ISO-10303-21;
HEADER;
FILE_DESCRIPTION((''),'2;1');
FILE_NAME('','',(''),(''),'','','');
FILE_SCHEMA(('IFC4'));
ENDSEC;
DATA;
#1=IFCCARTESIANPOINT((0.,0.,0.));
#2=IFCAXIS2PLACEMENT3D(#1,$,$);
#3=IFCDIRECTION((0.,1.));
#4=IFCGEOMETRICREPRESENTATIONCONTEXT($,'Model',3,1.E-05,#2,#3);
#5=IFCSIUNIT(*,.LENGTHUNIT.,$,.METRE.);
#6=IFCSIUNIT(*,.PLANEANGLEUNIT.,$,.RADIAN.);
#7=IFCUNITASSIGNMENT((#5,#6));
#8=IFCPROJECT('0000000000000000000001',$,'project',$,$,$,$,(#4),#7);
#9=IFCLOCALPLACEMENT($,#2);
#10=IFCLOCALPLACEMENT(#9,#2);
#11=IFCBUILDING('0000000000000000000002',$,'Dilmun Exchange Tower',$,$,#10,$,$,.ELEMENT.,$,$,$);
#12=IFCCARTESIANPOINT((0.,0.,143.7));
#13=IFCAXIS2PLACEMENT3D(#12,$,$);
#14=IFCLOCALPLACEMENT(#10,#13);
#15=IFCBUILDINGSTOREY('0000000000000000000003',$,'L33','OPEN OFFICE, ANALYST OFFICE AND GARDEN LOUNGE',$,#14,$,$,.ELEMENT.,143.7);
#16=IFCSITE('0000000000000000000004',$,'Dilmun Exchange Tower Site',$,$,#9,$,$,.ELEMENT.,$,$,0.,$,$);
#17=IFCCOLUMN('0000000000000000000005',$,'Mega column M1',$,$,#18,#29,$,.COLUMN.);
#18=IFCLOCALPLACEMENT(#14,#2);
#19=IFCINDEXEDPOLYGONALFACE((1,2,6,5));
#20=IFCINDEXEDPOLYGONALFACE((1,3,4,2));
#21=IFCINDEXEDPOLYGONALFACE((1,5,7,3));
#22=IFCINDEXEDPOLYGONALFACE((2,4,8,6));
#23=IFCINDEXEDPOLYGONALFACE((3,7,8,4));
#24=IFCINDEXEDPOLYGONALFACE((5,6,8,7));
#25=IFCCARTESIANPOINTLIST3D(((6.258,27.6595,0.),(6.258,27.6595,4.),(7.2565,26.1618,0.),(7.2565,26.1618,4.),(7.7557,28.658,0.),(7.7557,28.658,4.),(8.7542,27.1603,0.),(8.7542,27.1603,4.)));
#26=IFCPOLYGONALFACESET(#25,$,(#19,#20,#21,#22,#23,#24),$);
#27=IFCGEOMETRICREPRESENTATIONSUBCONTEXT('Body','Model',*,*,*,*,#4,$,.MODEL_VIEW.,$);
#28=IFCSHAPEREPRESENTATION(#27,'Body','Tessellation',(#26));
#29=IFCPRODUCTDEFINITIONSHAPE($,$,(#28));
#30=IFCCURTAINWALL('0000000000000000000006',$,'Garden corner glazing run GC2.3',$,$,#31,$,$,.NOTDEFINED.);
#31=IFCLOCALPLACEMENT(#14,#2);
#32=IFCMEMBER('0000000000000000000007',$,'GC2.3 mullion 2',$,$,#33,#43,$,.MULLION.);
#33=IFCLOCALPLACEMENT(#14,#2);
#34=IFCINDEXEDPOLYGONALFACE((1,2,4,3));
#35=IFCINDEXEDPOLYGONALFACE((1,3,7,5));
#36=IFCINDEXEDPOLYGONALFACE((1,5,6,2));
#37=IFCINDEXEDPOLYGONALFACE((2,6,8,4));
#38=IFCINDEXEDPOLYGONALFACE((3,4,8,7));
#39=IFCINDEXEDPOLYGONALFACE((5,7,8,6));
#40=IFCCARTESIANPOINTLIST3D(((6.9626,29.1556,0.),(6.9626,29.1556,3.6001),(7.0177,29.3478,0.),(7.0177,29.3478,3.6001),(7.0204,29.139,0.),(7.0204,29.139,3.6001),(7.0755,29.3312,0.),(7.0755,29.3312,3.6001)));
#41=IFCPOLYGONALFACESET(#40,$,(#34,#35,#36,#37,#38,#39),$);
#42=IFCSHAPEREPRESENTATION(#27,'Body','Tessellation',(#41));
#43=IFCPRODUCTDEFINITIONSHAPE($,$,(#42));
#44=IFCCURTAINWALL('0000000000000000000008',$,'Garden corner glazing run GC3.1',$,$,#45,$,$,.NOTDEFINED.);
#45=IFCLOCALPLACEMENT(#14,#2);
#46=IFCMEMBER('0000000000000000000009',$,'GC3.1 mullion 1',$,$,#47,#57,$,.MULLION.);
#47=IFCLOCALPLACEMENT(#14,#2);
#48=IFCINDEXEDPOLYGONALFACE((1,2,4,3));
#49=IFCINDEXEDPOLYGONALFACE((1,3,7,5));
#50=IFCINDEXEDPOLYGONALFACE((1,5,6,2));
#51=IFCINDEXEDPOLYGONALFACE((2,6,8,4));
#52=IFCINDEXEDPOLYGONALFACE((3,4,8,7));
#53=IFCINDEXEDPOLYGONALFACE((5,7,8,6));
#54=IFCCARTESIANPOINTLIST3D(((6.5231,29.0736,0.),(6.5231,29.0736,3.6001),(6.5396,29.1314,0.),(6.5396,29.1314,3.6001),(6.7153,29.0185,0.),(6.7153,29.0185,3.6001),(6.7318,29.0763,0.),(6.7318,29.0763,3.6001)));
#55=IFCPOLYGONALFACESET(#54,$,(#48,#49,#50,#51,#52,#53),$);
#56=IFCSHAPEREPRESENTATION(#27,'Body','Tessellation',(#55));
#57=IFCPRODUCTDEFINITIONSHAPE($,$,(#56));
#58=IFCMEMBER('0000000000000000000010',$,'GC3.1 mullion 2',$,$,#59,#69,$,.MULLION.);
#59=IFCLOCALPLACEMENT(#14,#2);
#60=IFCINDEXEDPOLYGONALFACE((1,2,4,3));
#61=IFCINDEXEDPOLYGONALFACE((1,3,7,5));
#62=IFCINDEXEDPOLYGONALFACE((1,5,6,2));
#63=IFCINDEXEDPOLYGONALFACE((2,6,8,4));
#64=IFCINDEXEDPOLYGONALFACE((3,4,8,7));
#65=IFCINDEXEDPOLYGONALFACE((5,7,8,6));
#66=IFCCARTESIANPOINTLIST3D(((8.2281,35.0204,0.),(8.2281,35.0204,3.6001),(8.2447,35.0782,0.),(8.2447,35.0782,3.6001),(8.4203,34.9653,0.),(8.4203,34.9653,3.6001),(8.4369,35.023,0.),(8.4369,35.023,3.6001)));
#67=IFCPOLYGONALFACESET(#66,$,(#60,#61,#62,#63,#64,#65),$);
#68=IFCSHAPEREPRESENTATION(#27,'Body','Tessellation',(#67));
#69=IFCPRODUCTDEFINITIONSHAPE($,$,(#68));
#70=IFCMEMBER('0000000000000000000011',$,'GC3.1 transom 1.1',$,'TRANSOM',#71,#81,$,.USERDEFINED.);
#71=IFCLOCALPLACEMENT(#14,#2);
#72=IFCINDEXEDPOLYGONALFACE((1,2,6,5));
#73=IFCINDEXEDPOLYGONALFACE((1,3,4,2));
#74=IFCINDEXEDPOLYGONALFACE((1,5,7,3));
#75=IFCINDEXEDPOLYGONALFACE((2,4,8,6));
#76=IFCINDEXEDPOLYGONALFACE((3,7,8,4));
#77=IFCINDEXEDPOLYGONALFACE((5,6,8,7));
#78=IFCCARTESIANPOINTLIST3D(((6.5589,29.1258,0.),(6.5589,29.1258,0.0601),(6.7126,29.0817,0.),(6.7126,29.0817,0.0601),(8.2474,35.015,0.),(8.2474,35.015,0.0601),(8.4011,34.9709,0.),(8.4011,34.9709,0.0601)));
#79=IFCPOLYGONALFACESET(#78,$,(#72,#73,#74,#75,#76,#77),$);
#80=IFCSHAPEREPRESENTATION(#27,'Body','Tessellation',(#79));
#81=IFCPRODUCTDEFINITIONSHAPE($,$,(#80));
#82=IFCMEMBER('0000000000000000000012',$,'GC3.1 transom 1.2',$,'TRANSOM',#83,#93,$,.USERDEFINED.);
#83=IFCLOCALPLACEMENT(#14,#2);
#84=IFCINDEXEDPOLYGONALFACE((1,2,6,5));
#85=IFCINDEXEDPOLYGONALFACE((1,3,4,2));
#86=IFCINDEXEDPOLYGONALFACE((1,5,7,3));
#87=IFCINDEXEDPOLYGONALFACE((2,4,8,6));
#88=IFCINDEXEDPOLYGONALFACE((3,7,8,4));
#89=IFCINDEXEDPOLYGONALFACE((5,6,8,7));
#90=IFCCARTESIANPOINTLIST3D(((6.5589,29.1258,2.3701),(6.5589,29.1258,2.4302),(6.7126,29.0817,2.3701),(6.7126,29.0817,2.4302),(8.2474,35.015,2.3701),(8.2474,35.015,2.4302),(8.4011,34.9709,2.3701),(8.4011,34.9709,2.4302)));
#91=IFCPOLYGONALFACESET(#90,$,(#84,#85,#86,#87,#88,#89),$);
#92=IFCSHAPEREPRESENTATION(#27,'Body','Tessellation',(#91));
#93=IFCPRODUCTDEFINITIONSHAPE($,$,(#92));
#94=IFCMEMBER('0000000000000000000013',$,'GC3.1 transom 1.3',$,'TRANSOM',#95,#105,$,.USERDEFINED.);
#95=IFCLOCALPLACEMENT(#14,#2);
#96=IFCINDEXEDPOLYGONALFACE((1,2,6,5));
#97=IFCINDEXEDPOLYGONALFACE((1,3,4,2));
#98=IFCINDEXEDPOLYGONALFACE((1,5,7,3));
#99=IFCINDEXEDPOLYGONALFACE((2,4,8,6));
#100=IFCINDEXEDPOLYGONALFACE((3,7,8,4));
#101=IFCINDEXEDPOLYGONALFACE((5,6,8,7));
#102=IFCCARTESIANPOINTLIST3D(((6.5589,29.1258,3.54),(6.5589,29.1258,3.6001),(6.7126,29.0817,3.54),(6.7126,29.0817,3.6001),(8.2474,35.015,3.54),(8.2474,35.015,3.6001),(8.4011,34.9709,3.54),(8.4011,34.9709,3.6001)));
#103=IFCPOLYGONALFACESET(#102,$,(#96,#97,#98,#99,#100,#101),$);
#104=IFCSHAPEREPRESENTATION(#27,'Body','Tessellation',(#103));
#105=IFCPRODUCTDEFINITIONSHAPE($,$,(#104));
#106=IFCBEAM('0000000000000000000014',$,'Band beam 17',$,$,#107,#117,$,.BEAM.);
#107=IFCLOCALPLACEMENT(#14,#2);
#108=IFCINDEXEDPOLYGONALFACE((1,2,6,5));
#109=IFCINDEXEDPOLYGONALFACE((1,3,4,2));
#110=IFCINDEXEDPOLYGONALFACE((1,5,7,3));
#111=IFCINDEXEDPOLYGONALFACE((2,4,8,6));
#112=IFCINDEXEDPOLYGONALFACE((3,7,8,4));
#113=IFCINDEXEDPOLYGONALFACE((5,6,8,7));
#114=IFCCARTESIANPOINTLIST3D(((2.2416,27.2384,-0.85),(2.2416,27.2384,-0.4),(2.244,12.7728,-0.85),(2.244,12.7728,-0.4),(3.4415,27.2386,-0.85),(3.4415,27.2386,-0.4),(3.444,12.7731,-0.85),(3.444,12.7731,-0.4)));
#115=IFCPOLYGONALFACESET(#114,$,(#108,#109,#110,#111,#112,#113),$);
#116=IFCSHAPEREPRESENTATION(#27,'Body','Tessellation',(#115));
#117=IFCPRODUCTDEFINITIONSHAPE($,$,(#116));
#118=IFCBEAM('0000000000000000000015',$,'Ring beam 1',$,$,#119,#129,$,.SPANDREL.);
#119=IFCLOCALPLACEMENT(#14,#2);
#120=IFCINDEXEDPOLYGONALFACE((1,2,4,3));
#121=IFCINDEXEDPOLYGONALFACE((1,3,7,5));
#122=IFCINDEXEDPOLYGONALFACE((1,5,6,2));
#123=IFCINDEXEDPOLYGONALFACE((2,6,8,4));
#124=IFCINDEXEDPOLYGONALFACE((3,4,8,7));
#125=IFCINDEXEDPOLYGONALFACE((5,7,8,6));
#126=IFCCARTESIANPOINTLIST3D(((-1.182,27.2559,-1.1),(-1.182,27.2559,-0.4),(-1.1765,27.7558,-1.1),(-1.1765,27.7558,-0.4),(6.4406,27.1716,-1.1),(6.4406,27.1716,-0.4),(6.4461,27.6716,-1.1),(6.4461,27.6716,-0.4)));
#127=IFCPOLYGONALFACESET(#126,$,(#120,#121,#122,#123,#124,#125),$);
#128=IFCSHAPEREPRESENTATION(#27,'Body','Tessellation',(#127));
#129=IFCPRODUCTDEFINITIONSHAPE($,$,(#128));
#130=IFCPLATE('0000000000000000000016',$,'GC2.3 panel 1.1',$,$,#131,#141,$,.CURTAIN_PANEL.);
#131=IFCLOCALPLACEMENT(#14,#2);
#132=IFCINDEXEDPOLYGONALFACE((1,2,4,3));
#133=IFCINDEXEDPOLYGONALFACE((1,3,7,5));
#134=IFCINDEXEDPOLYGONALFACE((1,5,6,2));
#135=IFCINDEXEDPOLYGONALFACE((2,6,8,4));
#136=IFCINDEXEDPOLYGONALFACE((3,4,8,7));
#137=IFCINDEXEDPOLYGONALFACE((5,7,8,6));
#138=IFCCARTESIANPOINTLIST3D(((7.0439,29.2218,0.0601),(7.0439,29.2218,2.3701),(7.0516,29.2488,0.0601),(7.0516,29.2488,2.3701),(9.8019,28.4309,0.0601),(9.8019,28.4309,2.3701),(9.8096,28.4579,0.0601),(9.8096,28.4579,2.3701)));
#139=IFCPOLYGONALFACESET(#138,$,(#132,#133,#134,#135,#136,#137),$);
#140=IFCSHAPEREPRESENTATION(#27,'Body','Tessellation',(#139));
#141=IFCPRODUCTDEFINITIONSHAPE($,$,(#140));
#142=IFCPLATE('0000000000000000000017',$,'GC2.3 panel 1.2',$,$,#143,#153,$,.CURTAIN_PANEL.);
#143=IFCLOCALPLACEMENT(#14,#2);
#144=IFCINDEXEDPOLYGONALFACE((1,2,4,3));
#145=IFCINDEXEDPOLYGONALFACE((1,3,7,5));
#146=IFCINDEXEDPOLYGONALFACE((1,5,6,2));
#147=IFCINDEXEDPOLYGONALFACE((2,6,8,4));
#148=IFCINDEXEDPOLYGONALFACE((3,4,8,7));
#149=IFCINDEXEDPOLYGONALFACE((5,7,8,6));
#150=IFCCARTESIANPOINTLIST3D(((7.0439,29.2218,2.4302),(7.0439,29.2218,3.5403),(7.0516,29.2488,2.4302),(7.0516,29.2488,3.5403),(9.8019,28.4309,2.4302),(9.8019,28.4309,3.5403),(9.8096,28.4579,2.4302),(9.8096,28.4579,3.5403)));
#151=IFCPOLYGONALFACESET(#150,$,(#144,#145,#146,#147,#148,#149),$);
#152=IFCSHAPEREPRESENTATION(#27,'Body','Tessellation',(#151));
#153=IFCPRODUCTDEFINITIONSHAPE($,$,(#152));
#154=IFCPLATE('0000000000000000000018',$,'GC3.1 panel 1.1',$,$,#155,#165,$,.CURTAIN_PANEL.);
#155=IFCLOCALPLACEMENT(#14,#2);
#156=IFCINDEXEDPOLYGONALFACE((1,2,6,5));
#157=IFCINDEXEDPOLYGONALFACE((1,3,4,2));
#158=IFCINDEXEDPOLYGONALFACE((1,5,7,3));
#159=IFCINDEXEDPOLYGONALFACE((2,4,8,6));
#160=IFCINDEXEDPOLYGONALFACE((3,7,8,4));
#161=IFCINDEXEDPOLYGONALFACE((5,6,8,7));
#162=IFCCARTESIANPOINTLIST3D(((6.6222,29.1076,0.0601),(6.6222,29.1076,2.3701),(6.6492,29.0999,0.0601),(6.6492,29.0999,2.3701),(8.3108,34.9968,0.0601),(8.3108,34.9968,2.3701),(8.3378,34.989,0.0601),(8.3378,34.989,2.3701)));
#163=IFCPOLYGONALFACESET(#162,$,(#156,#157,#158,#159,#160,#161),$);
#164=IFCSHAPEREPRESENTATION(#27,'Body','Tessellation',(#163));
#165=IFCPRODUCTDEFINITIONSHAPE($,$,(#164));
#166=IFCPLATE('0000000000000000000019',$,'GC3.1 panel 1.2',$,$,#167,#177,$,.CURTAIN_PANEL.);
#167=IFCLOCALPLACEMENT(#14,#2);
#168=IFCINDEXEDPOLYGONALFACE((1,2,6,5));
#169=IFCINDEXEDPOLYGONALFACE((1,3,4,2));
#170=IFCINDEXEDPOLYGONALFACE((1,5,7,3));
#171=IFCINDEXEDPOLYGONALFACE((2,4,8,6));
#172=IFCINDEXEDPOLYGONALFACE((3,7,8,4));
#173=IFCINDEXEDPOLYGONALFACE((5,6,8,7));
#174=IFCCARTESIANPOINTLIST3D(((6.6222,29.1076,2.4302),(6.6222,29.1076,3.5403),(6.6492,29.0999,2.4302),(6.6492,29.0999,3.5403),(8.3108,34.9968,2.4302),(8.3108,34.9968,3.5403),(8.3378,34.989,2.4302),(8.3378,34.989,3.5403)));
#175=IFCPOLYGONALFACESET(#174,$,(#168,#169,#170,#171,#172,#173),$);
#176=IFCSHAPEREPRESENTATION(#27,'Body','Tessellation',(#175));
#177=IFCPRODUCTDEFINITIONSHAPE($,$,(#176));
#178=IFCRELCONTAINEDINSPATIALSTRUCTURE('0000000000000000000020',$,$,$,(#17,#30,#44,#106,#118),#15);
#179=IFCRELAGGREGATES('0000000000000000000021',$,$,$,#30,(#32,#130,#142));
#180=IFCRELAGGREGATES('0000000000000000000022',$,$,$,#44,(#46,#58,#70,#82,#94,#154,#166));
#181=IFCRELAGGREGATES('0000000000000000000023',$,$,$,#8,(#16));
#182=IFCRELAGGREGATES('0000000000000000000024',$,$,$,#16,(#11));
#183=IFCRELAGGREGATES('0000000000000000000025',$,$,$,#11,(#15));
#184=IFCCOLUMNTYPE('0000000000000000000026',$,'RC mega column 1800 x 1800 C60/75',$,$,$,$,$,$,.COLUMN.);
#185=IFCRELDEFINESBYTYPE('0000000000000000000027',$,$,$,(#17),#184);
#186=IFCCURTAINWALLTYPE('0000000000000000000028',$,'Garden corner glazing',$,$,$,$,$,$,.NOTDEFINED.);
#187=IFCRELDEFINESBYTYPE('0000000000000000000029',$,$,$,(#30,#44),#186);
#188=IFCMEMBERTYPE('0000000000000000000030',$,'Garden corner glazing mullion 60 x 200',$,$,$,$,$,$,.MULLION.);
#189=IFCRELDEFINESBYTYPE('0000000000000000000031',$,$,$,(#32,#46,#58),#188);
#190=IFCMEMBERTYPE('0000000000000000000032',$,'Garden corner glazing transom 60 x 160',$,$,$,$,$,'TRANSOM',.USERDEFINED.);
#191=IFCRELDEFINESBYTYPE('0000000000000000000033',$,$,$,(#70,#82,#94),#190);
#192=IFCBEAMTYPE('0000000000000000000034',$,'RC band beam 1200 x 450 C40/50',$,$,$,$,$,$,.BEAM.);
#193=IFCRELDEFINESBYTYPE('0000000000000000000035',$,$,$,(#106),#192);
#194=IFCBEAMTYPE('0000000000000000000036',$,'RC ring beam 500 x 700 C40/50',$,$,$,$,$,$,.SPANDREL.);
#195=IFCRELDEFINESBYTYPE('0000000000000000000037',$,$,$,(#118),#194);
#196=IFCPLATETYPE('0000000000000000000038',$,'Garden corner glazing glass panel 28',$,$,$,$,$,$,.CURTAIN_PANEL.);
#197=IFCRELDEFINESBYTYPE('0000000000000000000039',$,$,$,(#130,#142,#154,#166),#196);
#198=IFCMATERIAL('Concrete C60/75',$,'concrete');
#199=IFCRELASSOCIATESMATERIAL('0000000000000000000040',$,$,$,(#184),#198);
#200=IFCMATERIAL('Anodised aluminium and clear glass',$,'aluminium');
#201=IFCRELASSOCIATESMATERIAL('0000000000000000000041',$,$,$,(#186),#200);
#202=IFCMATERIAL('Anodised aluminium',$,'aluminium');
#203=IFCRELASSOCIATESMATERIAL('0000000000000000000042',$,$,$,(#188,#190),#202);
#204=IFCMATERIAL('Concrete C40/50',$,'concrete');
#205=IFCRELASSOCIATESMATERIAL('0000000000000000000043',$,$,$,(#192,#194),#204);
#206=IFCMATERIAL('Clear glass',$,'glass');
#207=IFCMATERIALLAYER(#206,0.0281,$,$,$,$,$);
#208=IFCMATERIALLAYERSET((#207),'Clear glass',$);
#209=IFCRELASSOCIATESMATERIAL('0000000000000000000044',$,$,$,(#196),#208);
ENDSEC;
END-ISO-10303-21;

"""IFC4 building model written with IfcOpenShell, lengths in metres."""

from ifc_helpers import new_model, si_unit, direction, frame, origin, origin_2d, place, context, subcontext, project, spatial, rectangle, extrude, material, layer, layer_set, material_profile, profile_set, type_object, element, aggregate, save


model = new_model("IFC4")

# Units and contexts
model_context = context("Model", 3, precision=1e-05, world=origin(), true_north=direction((0.0, 1.0)))
body_context = subcontext(model_context, "Body", "Model", "MODEL_VIEW")
ifc_project = project(units=[si_unit("LENGTHUNIT", "METRE"), si_unit("PLANEANGLEUNIT", "RADIAN")], contexts=[model_context])

# Site, building, storey
site_placement = place(None, origin())
site = spatial("IfcSite", under=ifc_project, at=site_placement, Name="Dilmun Exchange Tower Site", CompositionType="ELEMENT", RefElevation=0.0)
building_placement = place(site_placement, origin())
building = spatial("IfcBuilding", under=site, at=building_placement, Name="Dilmun Exchange Tower", CompositionType="ELEMENT")
storey_placement = place(building_placement, frame((0.0, 0.0, 143.7)))
storey = spatial("IfcBuildingStorey", under=building, at=storey_placement, Name="L33", Description="OPEN OFFICE, ANALYST OFFICE AND GARDEN LOUNGE", CompositionType="ELEMENT", Elevation=143.7)

# Column
ifc_material_1 = material(Name="Concrete C60/75", Category="concrete")
ifc_material_profile_1 = material_profile(ifc_material_1, rectangle(XDim=1.8, YDim=1.8, at=origin_2d()), Name="1800 x 1800")
ifc_profile_set_1 = profile_set([ifc_material_profile_1], Name="Concrete C60/75")
column_type = type_object("IfcColumnType", Name="RC mega column 1800 x 1800 C60/75", PredefinedType="COLUMN", material=ifc_profile_set_1)
column_placement = place(storey_placement, frame((7.5061, 27.4099, 0.0), z_axis=(0.0, 0.0, 1.0), x_axis=(0.832029, 0.554733, 0.0)))
element("IfcColumn", 1, at=column_placement, inside=storey, type_object=column_type, Name="Mega column M1", PredefinedType="COLUMN", context=body_context, shape_type="SweptSolid", body=[
    extrude(rectangle(XDim=1.8, YDim=1.8, at=origin_2d()), origin(), (0.0, 0.0, 1.0), 4.0),
])

# Curtain wall, member
ifc_material_2 = material(Name="Anodised aluminium and clear glass", Category="aluminium")
curtain_wall_type = type_object("IfcCurtainWallType", Name="Garden corner glazing", PredefinedType="NOTDEFINED", material=ifc_material_2)
curtain_wall_1_placement = place(storey_placement, origin())
curtain_wall_1 = element("IfcCurtainWall", 2, at=curtain_wall_1_placement, inside=storey, type_object=curtain_wall_type, Name="Garden corner glazing run GC2.3", PredefinedType="NOTDEFINED")
ifc_material_3 = material(Name="Anodised aluminium", Category="aluminium")
ifc_material_profile_2 = material_profile(ifc_material_3, rectangle(XDim=0.2, YDim=0.0601, at=origin_2d()), Name="AL 60x200")
ifc_profile_set_2 = profile_set([ifc_material_profile_2], Name="Anodised aluminium")
member_type_1 = type_object("IfcMemberType", Name="Garden corner glazing mullion 60 x 200", PredefinedType="MULLION", material=ifc_profile_set_2)
member_1_placement = place(storey_placement, frame((7.019, 29.2434, 0.0), z_axis=(0.0, 0.0, 1.0), x_axis=(-0.275636, -0.961262, 0.0)))
member_1 = element("IfcMember", 3, at=member_1_placement, type_object=member_type_1, Name="GC2.3 mullion 2", PredefinedType="MULLION", context=body_context, shape_type="SweptSolid", body=[
    extrude(rectangle(XDim=0.2, YDim=0.0601, at=origin_2d()), origin(), (0.0, 0.0, 1.0), 3.6001),
])

# Curtain wall, members
curtain_wall_2_placement = place(storey_placement, origin())
curtain_wall_2 = element("IfcCurtainWall", 4, at=curtain_wall_2_placement, inside=storey, type_object=curtain_wall_type, Name="Garden corner glazing run GC3.1", PredefinedType="NOTDEFINED")
member_2_placement = place(storey_placement, frame((6.6274, 29.075, 0.0), z_axis=(0.0, 0.0, 1.0), x_axis=(-0.961264, 0.275628, 0.0)))
member_2 = element("IfcMember", 5, at=member_2_placement, type_object=member_type_1, Name="GC3.1 mullion 1", PredefinedType="MULLION", context=body_context, shape_type="SweptSolid", body=[
    extrude(rectangle(XDim=0.2, YDim=0.0601, at=origin_2d()), origin(), (0.0, 0.0, 1.0), 3.6001),
])
member_3_placement = place(storey_placement, frame((8.3325, 35.0217, 0.0), z_axis=(0.0, 0.0, 1.0), x_axis=(-0.961264, 0.275628, 0.0)))
member_3 = element("IfcMember", 6, at=member_3_placement, type_object=member_type_1, Name="GC3.1 mullion 2", PredefinedType="MULLION", context=body_context, shape_type="SweptSolid", body=[
    extrude(rectangle(XDim=0.2, YDim=0.0601, at=origin_2d()), origin(), (0.0, 0.0, 1.0), 3.6001),
])
ifc_material_profile_3 = material_profile(ifc_material_3, rectangle(XDim=0.1599, YDim=0.0601, at=origin_2d()), Name="AL 60x160")
ifc_profile_set_3 = profile_set([ifc_material_profile_3], Name="Anodised aluminium")
member_type_2 = type_object("IfcMemberType", Name="Garden corner glazing transom 60 x 160", ElementType="TRANSOM", PredefinedType="USERDEFINED", material=ifc_profile_set_3)
member_4_placement = place(storey_placement, frame((6.6357, 29.1038, 0.03), z_axis=(0.275605, 0.961271, 0.0), x_axis=(-0.961271, 0.275605, 0.0)))
member_4 = element("IfcMember", 7, at=member_4_placement, type_object=member_type_2, Name="GC3.1 transom 1.1", ObjectType="TRANSOM", PredefinedType="USERDEFINED", context=body_context, shape_type="SweptSolid", body=[
    extrude(rectangle(XDim=0.1599, YDim=0.0601, at=origin_2d()), origin(), (0.0, 0.0, 1.0), 6.1265),
])
member_5_placement = place(storey_placement, frame((6.6357, 29.1038, 2.4001), z_axis=(0.275605, 0.961271, 0.0), x_axis=(-0.961271, 0.275605, 0.0)))
member_5 = element("IfcMember", 8, at=member_5_placement, type_object=member_type_2, Name="GC3.1 transom 1.2", ObjectType="TRANSOM", PredefinedType="USERDEFINED", context=body_context, shape_type="SweptSolid", body=[
    extrude(rectangle(XDim=0.1599, YDim=0.0601, at=origin_2d()), origin(), (0.0, 0.0, 1.0), 6.1265),
])
member_6_placement = place(storey_placement, frame((6.6357, 29.1038, 3.5701), z_axis=(0.275605, 0.961271, 0.0), x_axis=(-0.961271, 0.275605, 0.0)))
member_6 = element("IfcMember", 9, at=member_6_placement, type_object=member_type_2, Name="GC3.1 transom 1.3", ObjectType="TRANSOM", PredefinedType="USERDEFINED", context=body_context, shape_type="SweptSolid", body=[
    extrude(rectangle(XDim=0.1599, YDim=0.0601, at=origin_2d()), origin(), (0.0, 0.0, 1.0), 6.1265),
])

# Beams
ifc_material_4 = material(Name="Concrete C40/50", Category="concrete")
ifc_material_profile_4 = material_profile(ifc_material_4, rectangle(XDim=1.2, YDim=0.45, at=origin_2d()), Name="1200 x 450")
ifc_profile_set_4 = profile_set([ifc_material_profile_4], Name="Concrete C40/50")
beam_type_1 = type_object("IfcBeamType", Name="RC band beam 1200 x 450 C40/50", PredefinedType="BEAM", material=ifc_profile_set_4)
beam_1_placement = place(storey_placement, frame((2.8416, 27.2385, -0.625), z_axis=(0.000169, -1.0, 0.0), x_axis=(1.0, 0.000169, 0.0)))
element("IfcBeam", 10, at=beam_1_placement, inside=storey, type_object=beam_type_1, Name="Band beam 17", PredefinedType="BEAM", context=body_context, shape_type="SweptSolid", body=[
    extrude(rectangle(XDim=1.2, YDim=0.45, at=origin_2d()), origin(), (0.0, 0.0, 1.0), 14.4656),
])
ifc_material_profile_5 = material_profile(ifc_material_4, rectangle(XDim=0.5, YDim=0.7, at=origin_2d()), Name="500 x 700")
ifc_profile_set_5 = profile_set([ifc_material_profile_5], Name="Concrete C40/50")
beam_type_2 = type_object("IfcBeamType", Name="RC ring beam 500 x 700 C40/50", PredefinedType="SPANDREL", material=ifc_profile_set_5)
beam_2_placement = place(storey_placement, frame((6.4434, 27.4216, -0.75), z_axis=(-0.999939, 0.011049, 0.0), x_axis=(-0.011049, -0.999939, 0.0)))
element("IfcBeam", 11, at=beam_2_placement, inside=storey, type_object=beam_type_2, Name="Ring beam 1", PredefinedType="SPANDREL", context=body_context, shape_type="SweptSolid", body=[
    extrude(rectangle(XDim=0.5, YDim=0.7, at=origin_2d()), origin(), (0.0, 0.0, 1.0), 7.623),
])

# Plates
ifc_material_5 = material(Name="Clear glass", Category="glass")
ifc_layer_1 = layer(ifc_material_5, 0.0281)
ifc_layer_set_1 = layer_set([ifc_layer_1], Name="Clear glass")
plate_type = type_object("IfcPlateType", Name="Garden corner glazing glass panel 28", PredefinedType="CURTAIN_PANEL", material=ifc_layer_set_1)
plate_1_placement = place(storey_placement, frame((8.4268, 28.8398, 0.0601), z_axis=(0.0, 0.0, 1.0), x_axis=(-0.961262, 0.275636, 0.0)))
plate_1 = element("IfcPlate", 12, at=plate_1_placement, type_object=plate_type, Name="GC2.3 panel 1.1", PredefinedType="CURTAIN_PANEL", context=body_context, shape_type="SweptSolid", body=[
    extrude(rectangle(XDim=2.8691, YDim=0.0281, at=origin_2d()), origin(), (0.0, 0.0, 1.0), 2.3101),
])
plate_2_placement = place(storey_placement, frame((8.4268, 28.8398, 2.4302), z_axis=(0.0, 0.0, 1.0), x_axis=(-0.961262, 0.275636, 0.0)))
plate_2 = element("IfcPlate", 13, at=plate_2_placement, type_object=plate_type, Name="GC2.3 panel 1.2", PredefinedType="CURTAIN_PANEL", context=body_context, shape_type="SweptSolid", body=[
    extrude(rectangle(XDim=2.8691, YDim=0.0281, at=origin_2d()), origin(), (0.0, 0.0, 1.0), 1.1101),
])
aggregate(curtain_wall_1, [member_1, plate_1, plate_2])
plate_3_placement = place(storey_placement, frame((7.48, 32.0483, 0.0601), z_axis=(0.0, 0.0, 1.0), x_axis=(0.275628, 0.961264, 0.0)))
plate_3 = element("IfcPlate", 14, at=plate_3_placement, type_object=plate_type, Name="GC3.1 panel 1.1", PredefinedType="CURTAIN_PANEL", context=body_context, shape_type="SweptSolid", body=[
    extrude(rectangle(XDim=6.1265, YDim=0.0281, at=origin_2d()), origin(), (0.0, 0.0, 1.0), 2.3101),
])
plate_4_placement = place(storey_placement, frame((7.48, 32.0483, 2.4302), z_axis=(0.0, 0.0, 1.0), x_axis=(0.275628, 0.961264, 0.0)))
plate_4 = element("IfcPlate", 15, at=plate_4_placement, type_object=plate_type, Name="GC3.1 panel 1.2", PredefinedType="CURTAIN_PANEL", context=body_context, shape_type="SweptSolid", body=[
    extrude(rectangle(XDim=6.1265, YDim=0.0281, at=origin_2d()), origin(), (0.0, 0.0, 1.0), 1.1101),
])
aggregate(curtain_wall_2, [member_2, member_3, member_4, member_5, member_6, plate_3, plate_4])

save(model, "model.ifc")
